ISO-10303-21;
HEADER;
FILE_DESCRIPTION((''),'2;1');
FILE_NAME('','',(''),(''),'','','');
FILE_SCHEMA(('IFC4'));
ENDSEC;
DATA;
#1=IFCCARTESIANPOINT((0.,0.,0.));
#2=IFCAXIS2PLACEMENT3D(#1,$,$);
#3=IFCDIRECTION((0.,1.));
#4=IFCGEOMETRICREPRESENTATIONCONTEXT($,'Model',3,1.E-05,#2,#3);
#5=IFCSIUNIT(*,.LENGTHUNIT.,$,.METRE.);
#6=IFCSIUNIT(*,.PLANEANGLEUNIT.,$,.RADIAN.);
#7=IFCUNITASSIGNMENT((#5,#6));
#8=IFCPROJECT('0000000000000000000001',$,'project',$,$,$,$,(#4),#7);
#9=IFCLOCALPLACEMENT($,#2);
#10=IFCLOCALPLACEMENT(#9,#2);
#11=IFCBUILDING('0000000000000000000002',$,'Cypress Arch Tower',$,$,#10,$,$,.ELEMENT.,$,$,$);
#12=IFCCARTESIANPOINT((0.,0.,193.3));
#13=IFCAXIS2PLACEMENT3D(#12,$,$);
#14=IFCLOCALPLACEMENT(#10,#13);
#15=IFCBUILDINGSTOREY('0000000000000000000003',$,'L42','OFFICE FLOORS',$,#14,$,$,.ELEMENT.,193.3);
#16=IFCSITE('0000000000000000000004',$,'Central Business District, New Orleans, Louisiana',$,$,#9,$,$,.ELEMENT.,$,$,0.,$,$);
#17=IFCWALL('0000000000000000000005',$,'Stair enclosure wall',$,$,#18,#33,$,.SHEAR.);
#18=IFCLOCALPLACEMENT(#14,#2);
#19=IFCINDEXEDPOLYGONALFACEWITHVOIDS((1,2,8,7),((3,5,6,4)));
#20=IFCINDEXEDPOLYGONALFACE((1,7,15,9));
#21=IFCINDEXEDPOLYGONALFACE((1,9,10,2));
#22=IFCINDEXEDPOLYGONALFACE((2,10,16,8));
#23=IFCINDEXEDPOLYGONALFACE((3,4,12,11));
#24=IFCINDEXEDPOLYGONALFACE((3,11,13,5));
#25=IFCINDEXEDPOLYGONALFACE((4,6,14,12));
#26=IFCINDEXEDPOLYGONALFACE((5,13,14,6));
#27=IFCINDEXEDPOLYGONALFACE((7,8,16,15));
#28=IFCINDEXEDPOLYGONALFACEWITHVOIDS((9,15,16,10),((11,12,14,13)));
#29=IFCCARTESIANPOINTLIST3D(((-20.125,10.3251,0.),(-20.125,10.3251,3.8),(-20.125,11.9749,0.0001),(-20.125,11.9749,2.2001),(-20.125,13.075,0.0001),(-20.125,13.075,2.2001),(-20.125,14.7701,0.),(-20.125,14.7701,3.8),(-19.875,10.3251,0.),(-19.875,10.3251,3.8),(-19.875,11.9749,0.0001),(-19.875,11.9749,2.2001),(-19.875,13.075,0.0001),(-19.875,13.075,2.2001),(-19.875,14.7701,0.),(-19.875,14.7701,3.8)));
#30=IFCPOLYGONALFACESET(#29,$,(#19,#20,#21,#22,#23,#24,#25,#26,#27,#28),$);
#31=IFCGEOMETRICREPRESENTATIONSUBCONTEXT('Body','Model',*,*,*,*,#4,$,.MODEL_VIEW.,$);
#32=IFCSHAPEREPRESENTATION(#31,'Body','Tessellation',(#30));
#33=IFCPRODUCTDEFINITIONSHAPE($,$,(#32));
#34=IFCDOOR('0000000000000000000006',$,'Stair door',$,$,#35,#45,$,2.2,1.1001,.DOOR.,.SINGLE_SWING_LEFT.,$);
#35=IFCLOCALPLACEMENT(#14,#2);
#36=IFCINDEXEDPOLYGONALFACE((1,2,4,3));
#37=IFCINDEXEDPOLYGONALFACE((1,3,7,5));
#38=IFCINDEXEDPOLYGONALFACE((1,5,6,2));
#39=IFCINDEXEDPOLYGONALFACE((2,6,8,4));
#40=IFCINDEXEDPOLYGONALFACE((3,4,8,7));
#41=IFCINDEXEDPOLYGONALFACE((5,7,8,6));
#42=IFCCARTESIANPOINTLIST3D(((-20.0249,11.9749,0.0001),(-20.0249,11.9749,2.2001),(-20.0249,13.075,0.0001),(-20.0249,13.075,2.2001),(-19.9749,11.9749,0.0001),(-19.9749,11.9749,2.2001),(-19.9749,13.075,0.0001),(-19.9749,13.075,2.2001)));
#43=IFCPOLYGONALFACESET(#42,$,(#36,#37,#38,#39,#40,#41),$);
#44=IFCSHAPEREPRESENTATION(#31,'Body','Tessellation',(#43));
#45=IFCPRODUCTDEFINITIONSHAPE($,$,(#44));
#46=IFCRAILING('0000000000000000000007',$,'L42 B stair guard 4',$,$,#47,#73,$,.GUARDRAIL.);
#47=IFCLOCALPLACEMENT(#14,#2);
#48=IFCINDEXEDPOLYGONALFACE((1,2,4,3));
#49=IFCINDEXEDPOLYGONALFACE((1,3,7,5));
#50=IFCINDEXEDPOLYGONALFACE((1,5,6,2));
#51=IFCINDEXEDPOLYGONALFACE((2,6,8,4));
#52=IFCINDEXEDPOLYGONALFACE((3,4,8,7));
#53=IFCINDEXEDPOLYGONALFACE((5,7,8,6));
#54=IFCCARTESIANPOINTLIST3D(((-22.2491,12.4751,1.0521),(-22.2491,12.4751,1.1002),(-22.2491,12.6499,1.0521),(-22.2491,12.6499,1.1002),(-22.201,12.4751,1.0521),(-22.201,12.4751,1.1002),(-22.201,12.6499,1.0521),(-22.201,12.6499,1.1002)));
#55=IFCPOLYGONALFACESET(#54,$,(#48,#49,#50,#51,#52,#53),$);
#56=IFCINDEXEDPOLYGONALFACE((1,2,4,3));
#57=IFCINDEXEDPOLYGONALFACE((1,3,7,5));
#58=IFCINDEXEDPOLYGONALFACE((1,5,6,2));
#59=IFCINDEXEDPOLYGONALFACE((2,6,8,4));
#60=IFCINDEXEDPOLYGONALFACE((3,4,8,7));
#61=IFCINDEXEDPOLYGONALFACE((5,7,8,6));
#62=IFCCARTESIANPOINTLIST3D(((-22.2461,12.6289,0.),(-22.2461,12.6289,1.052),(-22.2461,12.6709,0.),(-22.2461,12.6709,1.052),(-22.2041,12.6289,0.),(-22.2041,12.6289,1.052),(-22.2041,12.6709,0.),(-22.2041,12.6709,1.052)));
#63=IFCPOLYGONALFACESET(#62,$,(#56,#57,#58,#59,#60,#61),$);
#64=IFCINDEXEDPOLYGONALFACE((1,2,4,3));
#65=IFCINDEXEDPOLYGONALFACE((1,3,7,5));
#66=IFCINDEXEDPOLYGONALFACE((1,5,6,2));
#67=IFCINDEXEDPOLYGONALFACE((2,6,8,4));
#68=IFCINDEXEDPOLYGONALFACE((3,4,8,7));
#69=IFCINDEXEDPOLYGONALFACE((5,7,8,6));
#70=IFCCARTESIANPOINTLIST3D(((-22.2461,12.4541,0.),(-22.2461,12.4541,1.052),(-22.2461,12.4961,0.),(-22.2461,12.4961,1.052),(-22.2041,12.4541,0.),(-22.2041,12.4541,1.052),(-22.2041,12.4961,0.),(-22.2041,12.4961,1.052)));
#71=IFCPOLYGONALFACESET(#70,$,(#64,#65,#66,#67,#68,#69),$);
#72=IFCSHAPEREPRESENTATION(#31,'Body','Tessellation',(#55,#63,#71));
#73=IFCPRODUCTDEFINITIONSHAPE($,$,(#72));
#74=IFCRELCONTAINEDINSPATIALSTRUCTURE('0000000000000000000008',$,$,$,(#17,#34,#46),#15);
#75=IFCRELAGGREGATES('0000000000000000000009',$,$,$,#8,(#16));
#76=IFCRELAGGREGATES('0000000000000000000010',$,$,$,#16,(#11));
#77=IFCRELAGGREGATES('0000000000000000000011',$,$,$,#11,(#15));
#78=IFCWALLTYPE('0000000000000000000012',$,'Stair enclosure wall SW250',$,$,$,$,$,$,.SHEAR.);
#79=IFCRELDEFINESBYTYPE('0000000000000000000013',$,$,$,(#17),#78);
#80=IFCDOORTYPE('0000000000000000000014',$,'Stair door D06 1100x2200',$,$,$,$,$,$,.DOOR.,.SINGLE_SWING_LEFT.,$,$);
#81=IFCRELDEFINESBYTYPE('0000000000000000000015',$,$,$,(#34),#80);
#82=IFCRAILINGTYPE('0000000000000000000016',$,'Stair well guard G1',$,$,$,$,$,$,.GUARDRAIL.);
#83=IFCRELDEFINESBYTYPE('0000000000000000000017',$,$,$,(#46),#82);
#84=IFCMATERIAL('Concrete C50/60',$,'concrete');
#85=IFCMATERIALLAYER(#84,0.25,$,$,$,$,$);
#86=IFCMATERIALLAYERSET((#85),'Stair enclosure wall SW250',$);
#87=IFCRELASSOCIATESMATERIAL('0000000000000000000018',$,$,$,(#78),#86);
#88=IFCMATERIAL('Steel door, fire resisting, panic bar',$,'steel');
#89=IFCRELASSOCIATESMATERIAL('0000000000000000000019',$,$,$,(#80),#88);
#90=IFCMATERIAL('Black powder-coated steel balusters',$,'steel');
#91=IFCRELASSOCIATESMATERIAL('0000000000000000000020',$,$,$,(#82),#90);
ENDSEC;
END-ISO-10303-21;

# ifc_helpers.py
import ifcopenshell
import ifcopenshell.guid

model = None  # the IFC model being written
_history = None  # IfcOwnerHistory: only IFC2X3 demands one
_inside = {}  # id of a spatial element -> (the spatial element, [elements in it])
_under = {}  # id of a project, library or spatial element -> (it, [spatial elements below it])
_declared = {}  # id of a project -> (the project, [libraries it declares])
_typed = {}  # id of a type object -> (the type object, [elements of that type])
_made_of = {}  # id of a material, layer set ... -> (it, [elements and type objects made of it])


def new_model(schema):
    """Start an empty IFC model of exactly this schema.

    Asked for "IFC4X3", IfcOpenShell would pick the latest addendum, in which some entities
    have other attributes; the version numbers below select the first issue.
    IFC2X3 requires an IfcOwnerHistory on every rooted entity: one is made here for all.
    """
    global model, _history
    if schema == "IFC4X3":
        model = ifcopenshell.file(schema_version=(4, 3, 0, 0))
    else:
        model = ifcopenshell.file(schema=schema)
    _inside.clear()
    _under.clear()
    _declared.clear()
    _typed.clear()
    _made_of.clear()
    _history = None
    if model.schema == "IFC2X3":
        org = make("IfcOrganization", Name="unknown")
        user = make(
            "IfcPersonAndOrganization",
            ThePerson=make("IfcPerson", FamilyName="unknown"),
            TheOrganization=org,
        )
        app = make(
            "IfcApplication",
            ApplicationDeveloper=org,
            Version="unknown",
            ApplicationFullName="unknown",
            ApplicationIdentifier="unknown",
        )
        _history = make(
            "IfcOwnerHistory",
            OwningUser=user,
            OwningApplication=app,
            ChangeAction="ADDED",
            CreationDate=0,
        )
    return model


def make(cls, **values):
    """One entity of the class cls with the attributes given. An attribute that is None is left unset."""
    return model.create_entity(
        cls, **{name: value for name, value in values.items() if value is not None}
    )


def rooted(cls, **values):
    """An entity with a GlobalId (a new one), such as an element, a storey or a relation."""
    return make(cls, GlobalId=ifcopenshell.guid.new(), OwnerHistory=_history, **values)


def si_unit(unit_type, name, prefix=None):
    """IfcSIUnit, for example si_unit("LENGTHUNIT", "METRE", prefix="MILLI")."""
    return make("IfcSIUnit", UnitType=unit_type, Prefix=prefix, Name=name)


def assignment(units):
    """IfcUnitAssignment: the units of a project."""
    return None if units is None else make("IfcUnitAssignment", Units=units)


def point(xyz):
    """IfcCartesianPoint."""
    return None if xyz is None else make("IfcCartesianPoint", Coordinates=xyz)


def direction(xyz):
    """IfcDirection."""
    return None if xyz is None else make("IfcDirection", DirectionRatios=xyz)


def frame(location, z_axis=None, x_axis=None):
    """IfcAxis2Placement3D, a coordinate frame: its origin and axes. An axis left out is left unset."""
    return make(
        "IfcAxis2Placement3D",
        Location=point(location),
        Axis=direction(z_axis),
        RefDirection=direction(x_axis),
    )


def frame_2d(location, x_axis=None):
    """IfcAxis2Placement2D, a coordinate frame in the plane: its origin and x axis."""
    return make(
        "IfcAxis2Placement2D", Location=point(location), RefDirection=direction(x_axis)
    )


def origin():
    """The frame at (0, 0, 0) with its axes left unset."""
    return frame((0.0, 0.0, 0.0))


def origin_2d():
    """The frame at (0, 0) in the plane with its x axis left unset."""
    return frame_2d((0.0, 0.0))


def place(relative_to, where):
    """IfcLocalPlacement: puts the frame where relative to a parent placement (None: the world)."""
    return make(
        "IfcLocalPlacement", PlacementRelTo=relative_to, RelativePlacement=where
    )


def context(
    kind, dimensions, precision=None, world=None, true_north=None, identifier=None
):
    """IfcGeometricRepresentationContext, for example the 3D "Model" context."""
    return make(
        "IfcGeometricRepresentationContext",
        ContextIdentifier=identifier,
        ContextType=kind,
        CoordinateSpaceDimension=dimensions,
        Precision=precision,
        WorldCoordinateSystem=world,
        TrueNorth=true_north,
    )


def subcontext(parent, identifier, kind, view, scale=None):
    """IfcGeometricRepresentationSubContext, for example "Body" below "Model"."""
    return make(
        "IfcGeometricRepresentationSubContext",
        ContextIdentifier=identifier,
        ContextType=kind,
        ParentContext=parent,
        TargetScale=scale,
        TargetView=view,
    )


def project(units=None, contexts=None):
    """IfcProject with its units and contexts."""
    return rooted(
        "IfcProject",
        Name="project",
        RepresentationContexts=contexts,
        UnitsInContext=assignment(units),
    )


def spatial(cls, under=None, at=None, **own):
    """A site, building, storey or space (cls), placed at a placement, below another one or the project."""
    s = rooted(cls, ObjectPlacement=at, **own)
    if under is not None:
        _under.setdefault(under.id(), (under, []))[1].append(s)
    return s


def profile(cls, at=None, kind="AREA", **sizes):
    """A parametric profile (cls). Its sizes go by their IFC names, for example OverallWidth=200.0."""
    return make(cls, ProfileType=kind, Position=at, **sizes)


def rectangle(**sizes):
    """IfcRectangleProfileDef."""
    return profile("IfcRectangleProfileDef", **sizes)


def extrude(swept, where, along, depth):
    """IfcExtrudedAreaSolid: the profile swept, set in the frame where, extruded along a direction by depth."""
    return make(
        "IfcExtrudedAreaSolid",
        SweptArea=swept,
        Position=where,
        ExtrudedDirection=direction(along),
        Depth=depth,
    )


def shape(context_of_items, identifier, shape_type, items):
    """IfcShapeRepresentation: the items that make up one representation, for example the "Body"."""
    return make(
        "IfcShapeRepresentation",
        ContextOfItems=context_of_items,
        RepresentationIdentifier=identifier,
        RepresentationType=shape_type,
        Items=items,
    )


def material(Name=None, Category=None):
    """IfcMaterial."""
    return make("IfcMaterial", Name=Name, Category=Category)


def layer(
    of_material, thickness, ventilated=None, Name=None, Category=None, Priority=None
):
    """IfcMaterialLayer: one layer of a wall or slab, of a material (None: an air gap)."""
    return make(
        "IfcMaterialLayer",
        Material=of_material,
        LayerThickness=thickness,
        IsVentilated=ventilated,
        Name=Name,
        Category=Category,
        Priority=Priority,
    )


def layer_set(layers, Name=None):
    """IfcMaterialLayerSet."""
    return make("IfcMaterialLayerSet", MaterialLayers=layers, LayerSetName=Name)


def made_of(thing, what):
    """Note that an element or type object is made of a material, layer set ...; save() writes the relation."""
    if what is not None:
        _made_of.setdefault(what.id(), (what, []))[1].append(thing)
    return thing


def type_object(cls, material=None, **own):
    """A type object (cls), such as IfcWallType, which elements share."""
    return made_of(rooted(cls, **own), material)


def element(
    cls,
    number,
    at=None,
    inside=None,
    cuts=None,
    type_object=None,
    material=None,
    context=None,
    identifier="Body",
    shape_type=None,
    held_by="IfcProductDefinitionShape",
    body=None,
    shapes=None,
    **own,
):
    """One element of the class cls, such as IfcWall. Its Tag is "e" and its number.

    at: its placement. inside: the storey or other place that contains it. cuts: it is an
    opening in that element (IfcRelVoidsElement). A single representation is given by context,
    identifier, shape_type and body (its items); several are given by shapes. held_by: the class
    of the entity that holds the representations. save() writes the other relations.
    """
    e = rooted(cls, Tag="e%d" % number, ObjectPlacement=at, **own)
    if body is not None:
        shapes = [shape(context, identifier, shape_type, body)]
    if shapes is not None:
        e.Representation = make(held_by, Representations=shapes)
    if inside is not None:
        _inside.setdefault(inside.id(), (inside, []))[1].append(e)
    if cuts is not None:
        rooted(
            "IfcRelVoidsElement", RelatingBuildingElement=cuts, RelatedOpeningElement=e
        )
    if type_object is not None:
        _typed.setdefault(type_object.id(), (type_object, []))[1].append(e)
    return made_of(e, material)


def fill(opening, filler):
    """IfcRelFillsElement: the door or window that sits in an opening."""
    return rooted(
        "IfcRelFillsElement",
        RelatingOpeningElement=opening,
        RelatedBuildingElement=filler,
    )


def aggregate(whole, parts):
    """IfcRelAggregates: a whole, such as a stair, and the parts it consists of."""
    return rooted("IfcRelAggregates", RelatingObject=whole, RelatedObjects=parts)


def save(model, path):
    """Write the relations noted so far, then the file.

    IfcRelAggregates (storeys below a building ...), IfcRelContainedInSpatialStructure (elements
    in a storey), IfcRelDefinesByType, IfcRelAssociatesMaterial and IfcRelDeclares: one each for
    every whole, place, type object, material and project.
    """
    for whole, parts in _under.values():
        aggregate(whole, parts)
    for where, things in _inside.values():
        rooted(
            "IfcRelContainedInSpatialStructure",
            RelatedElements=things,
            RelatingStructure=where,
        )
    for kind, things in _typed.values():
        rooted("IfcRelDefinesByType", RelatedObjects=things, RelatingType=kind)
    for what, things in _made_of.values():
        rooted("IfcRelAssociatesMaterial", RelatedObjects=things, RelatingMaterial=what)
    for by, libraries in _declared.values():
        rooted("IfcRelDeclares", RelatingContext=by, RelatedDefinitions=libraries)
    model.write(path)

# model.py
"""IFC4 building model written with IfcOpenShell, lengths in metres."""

from ifc_helpers import new_model, si_unit, direction, frame, frame_2d, origin, origin_2d, place, context, subcontext, project, spatial, rectangle, extrude, material, layer, layer_set, type_object, element, fill, save


model = new_model("IFC4")

# Units and contexts
model_context = context("Model", 3, precision=1e-05, world=origin(), true_north=direction((0.0, 1.0)))
body_context = subcontext(model_context, "Body", "Model", "MODEL_VIEW")
ifc_project = project(units=[si_unit("LENGTHUNIT", "METRE"), si_unit("PLANEANGLEUNIT", "RADIAN")], contexts=[model_context])

# Site, building, storey
site_placement = place(None, origin())
site = spatial("IfcSite", under=ifc_project, at=site_placement, Name="Central Business District, New Orleans, Louisiana", CompositionType="ELEMENT", RefElevation=0.0)
building_placement = place(site_placement, origin())
building = spatial("IfcBuilding", under=site, at=building_placement, Name="Cypress Arch Tower", CompositionType="ELEMENT")
storey_placement = place(building_placement, frame((0.0, 0.0, 193.3)))
storey = spatial("IfcBuildingStorey", under=building, at=storey_placement, Name="L42", Description="OFFICE FLOORS", CompositionType="ELEMENT", Elevation=193.3)

# Wall, opening, door
ifc_material_1 = material(Name="Concrete C50/60", Category="concrete")
ifc_layer_1 = layer(ifc_material_1, 0.25)
ifc_layer_set_1 = layer_set([ifc_layer_1], Name="Stair enclosure wall SW250")
wall_type_1 = type_object("IfcWallType", Name="Stair enclosure wall SW250", PredefinedType="SHEAR", material=ifc_layer_set_1)
wall_1_placement = place(storey_placement, frame((-20.0, 10.325, 0.0), z_axis=(0.0, 0.0, 1.0), x_axis=(0.0, 1.0, 0.0)))
wall_1 = element("IfcWall", 1, at=wall_1_placement, inside=storey, type_object=wall_type_1, Name="Stair enclosure wall", PredefinedType="SHEAR", context=body_context, shape_type="SweptSolid", body=[
    extrude(rectangle(XDim=4.4451, YDim=0.25, at=frame_2d((2.2227, 0.0))), origin(), (0.0, 0.0, 1.0), 3.8),
])
opening_1_placement = place(wall_1_placement, frame((1.6499, 0.0, 0.0)))
opening_1 = element("IfcOpeningElement", 2, at=opening_1_placement, cuts=wall_1, PredefinedType="OPENING", context=body_context, shape_type="SweptSolid", body=[
    extrude(rectangle(XDim=1.1001, YDim=2.2, at=frame_2d((0.55, 1.1001))), frame((0.0, 0.135, 0.0), z_axis=(0.0, -1.0, 0.0), x_axis=(1.0, 0.0, 0.0)), (0.0, 0.0, 1.0), 0.27),
])
ifc_material_2 = material(Name="Steel door, fire resisting, panic bar", Category="steel")
door_type_1 = type_object("IfcDoorType", Name="Stair door D06 1100x2200", OperationType="SINGLE_SWING_LEFT", PredefinedType="DOOR", material=ifc_material_2)
door_1_placement = place(opening_1_placement, origin())
door_1 = element("IfcDoor", 3, at=door_1_placement, inside=storey, type_object=door_type_1, Name="Stair door", OperationType="SINGLE_SWING_LEFT", OverallHeight=2.2, OverallWidth=1.1001, PredefinedType="DOOR", context=body_context, shape_type="SweptSolid", body=[
    extrude(rectangle(XDim=1.1001, YDim=2.2, at=frame_2d((0.55, 1.1001))), frame((0.0, 0.0249, 0.0), z_axis=(0.0, -1.0, 0.0), x_axis=(1.0, 0.0, 0.0)), (0.0, 0.0, 1.0), 0.05),
])
fill(opening_1, door_1)

# Railing
ifc_material_3 = material(Name="Black powder-coated steel balusters", Category="steel")
railing_type = type_object("IfcRailingType", Name="Stair well guard G1", PredefinedType="GUARDRAIL", material=ifc_material_3)
railing_placement = place(storey_placement, frame((-22.2251, 12.6499, 0.0)))
element("IfcRailing", 4, at=railing_placement, inside=storey, type_object=railing_type, Name="L42 B stair guard 4", PredefinedType="GUARDRAIL", context=body_context, shape_type="SweptSolid", body=[
    extrude(rectangle(XDim=0.0481, YDim=0.0481, at=origin_2d()), frame((0.0, 0.0, 1.0762), z_axis=(0.0, -1.0, 0.0), x_axis=(1.0, 0.0, 0.0)), (0.0, 0.0, 1.0), 0.1748),
    extrude(rectangle(XDim=0.042, YDim=0.042, at=origin_2d()), origin(), (0.0, 0.0, 1.0), 1.052),
    extrude(rectangle(XDim=0.042, YDim=0.042, at=origin_2d()), frame((0.0, -0.1748, 0.0)), (0.0, 0.0, 1.0), 1.052),
])

save(model, "model.ifc")
